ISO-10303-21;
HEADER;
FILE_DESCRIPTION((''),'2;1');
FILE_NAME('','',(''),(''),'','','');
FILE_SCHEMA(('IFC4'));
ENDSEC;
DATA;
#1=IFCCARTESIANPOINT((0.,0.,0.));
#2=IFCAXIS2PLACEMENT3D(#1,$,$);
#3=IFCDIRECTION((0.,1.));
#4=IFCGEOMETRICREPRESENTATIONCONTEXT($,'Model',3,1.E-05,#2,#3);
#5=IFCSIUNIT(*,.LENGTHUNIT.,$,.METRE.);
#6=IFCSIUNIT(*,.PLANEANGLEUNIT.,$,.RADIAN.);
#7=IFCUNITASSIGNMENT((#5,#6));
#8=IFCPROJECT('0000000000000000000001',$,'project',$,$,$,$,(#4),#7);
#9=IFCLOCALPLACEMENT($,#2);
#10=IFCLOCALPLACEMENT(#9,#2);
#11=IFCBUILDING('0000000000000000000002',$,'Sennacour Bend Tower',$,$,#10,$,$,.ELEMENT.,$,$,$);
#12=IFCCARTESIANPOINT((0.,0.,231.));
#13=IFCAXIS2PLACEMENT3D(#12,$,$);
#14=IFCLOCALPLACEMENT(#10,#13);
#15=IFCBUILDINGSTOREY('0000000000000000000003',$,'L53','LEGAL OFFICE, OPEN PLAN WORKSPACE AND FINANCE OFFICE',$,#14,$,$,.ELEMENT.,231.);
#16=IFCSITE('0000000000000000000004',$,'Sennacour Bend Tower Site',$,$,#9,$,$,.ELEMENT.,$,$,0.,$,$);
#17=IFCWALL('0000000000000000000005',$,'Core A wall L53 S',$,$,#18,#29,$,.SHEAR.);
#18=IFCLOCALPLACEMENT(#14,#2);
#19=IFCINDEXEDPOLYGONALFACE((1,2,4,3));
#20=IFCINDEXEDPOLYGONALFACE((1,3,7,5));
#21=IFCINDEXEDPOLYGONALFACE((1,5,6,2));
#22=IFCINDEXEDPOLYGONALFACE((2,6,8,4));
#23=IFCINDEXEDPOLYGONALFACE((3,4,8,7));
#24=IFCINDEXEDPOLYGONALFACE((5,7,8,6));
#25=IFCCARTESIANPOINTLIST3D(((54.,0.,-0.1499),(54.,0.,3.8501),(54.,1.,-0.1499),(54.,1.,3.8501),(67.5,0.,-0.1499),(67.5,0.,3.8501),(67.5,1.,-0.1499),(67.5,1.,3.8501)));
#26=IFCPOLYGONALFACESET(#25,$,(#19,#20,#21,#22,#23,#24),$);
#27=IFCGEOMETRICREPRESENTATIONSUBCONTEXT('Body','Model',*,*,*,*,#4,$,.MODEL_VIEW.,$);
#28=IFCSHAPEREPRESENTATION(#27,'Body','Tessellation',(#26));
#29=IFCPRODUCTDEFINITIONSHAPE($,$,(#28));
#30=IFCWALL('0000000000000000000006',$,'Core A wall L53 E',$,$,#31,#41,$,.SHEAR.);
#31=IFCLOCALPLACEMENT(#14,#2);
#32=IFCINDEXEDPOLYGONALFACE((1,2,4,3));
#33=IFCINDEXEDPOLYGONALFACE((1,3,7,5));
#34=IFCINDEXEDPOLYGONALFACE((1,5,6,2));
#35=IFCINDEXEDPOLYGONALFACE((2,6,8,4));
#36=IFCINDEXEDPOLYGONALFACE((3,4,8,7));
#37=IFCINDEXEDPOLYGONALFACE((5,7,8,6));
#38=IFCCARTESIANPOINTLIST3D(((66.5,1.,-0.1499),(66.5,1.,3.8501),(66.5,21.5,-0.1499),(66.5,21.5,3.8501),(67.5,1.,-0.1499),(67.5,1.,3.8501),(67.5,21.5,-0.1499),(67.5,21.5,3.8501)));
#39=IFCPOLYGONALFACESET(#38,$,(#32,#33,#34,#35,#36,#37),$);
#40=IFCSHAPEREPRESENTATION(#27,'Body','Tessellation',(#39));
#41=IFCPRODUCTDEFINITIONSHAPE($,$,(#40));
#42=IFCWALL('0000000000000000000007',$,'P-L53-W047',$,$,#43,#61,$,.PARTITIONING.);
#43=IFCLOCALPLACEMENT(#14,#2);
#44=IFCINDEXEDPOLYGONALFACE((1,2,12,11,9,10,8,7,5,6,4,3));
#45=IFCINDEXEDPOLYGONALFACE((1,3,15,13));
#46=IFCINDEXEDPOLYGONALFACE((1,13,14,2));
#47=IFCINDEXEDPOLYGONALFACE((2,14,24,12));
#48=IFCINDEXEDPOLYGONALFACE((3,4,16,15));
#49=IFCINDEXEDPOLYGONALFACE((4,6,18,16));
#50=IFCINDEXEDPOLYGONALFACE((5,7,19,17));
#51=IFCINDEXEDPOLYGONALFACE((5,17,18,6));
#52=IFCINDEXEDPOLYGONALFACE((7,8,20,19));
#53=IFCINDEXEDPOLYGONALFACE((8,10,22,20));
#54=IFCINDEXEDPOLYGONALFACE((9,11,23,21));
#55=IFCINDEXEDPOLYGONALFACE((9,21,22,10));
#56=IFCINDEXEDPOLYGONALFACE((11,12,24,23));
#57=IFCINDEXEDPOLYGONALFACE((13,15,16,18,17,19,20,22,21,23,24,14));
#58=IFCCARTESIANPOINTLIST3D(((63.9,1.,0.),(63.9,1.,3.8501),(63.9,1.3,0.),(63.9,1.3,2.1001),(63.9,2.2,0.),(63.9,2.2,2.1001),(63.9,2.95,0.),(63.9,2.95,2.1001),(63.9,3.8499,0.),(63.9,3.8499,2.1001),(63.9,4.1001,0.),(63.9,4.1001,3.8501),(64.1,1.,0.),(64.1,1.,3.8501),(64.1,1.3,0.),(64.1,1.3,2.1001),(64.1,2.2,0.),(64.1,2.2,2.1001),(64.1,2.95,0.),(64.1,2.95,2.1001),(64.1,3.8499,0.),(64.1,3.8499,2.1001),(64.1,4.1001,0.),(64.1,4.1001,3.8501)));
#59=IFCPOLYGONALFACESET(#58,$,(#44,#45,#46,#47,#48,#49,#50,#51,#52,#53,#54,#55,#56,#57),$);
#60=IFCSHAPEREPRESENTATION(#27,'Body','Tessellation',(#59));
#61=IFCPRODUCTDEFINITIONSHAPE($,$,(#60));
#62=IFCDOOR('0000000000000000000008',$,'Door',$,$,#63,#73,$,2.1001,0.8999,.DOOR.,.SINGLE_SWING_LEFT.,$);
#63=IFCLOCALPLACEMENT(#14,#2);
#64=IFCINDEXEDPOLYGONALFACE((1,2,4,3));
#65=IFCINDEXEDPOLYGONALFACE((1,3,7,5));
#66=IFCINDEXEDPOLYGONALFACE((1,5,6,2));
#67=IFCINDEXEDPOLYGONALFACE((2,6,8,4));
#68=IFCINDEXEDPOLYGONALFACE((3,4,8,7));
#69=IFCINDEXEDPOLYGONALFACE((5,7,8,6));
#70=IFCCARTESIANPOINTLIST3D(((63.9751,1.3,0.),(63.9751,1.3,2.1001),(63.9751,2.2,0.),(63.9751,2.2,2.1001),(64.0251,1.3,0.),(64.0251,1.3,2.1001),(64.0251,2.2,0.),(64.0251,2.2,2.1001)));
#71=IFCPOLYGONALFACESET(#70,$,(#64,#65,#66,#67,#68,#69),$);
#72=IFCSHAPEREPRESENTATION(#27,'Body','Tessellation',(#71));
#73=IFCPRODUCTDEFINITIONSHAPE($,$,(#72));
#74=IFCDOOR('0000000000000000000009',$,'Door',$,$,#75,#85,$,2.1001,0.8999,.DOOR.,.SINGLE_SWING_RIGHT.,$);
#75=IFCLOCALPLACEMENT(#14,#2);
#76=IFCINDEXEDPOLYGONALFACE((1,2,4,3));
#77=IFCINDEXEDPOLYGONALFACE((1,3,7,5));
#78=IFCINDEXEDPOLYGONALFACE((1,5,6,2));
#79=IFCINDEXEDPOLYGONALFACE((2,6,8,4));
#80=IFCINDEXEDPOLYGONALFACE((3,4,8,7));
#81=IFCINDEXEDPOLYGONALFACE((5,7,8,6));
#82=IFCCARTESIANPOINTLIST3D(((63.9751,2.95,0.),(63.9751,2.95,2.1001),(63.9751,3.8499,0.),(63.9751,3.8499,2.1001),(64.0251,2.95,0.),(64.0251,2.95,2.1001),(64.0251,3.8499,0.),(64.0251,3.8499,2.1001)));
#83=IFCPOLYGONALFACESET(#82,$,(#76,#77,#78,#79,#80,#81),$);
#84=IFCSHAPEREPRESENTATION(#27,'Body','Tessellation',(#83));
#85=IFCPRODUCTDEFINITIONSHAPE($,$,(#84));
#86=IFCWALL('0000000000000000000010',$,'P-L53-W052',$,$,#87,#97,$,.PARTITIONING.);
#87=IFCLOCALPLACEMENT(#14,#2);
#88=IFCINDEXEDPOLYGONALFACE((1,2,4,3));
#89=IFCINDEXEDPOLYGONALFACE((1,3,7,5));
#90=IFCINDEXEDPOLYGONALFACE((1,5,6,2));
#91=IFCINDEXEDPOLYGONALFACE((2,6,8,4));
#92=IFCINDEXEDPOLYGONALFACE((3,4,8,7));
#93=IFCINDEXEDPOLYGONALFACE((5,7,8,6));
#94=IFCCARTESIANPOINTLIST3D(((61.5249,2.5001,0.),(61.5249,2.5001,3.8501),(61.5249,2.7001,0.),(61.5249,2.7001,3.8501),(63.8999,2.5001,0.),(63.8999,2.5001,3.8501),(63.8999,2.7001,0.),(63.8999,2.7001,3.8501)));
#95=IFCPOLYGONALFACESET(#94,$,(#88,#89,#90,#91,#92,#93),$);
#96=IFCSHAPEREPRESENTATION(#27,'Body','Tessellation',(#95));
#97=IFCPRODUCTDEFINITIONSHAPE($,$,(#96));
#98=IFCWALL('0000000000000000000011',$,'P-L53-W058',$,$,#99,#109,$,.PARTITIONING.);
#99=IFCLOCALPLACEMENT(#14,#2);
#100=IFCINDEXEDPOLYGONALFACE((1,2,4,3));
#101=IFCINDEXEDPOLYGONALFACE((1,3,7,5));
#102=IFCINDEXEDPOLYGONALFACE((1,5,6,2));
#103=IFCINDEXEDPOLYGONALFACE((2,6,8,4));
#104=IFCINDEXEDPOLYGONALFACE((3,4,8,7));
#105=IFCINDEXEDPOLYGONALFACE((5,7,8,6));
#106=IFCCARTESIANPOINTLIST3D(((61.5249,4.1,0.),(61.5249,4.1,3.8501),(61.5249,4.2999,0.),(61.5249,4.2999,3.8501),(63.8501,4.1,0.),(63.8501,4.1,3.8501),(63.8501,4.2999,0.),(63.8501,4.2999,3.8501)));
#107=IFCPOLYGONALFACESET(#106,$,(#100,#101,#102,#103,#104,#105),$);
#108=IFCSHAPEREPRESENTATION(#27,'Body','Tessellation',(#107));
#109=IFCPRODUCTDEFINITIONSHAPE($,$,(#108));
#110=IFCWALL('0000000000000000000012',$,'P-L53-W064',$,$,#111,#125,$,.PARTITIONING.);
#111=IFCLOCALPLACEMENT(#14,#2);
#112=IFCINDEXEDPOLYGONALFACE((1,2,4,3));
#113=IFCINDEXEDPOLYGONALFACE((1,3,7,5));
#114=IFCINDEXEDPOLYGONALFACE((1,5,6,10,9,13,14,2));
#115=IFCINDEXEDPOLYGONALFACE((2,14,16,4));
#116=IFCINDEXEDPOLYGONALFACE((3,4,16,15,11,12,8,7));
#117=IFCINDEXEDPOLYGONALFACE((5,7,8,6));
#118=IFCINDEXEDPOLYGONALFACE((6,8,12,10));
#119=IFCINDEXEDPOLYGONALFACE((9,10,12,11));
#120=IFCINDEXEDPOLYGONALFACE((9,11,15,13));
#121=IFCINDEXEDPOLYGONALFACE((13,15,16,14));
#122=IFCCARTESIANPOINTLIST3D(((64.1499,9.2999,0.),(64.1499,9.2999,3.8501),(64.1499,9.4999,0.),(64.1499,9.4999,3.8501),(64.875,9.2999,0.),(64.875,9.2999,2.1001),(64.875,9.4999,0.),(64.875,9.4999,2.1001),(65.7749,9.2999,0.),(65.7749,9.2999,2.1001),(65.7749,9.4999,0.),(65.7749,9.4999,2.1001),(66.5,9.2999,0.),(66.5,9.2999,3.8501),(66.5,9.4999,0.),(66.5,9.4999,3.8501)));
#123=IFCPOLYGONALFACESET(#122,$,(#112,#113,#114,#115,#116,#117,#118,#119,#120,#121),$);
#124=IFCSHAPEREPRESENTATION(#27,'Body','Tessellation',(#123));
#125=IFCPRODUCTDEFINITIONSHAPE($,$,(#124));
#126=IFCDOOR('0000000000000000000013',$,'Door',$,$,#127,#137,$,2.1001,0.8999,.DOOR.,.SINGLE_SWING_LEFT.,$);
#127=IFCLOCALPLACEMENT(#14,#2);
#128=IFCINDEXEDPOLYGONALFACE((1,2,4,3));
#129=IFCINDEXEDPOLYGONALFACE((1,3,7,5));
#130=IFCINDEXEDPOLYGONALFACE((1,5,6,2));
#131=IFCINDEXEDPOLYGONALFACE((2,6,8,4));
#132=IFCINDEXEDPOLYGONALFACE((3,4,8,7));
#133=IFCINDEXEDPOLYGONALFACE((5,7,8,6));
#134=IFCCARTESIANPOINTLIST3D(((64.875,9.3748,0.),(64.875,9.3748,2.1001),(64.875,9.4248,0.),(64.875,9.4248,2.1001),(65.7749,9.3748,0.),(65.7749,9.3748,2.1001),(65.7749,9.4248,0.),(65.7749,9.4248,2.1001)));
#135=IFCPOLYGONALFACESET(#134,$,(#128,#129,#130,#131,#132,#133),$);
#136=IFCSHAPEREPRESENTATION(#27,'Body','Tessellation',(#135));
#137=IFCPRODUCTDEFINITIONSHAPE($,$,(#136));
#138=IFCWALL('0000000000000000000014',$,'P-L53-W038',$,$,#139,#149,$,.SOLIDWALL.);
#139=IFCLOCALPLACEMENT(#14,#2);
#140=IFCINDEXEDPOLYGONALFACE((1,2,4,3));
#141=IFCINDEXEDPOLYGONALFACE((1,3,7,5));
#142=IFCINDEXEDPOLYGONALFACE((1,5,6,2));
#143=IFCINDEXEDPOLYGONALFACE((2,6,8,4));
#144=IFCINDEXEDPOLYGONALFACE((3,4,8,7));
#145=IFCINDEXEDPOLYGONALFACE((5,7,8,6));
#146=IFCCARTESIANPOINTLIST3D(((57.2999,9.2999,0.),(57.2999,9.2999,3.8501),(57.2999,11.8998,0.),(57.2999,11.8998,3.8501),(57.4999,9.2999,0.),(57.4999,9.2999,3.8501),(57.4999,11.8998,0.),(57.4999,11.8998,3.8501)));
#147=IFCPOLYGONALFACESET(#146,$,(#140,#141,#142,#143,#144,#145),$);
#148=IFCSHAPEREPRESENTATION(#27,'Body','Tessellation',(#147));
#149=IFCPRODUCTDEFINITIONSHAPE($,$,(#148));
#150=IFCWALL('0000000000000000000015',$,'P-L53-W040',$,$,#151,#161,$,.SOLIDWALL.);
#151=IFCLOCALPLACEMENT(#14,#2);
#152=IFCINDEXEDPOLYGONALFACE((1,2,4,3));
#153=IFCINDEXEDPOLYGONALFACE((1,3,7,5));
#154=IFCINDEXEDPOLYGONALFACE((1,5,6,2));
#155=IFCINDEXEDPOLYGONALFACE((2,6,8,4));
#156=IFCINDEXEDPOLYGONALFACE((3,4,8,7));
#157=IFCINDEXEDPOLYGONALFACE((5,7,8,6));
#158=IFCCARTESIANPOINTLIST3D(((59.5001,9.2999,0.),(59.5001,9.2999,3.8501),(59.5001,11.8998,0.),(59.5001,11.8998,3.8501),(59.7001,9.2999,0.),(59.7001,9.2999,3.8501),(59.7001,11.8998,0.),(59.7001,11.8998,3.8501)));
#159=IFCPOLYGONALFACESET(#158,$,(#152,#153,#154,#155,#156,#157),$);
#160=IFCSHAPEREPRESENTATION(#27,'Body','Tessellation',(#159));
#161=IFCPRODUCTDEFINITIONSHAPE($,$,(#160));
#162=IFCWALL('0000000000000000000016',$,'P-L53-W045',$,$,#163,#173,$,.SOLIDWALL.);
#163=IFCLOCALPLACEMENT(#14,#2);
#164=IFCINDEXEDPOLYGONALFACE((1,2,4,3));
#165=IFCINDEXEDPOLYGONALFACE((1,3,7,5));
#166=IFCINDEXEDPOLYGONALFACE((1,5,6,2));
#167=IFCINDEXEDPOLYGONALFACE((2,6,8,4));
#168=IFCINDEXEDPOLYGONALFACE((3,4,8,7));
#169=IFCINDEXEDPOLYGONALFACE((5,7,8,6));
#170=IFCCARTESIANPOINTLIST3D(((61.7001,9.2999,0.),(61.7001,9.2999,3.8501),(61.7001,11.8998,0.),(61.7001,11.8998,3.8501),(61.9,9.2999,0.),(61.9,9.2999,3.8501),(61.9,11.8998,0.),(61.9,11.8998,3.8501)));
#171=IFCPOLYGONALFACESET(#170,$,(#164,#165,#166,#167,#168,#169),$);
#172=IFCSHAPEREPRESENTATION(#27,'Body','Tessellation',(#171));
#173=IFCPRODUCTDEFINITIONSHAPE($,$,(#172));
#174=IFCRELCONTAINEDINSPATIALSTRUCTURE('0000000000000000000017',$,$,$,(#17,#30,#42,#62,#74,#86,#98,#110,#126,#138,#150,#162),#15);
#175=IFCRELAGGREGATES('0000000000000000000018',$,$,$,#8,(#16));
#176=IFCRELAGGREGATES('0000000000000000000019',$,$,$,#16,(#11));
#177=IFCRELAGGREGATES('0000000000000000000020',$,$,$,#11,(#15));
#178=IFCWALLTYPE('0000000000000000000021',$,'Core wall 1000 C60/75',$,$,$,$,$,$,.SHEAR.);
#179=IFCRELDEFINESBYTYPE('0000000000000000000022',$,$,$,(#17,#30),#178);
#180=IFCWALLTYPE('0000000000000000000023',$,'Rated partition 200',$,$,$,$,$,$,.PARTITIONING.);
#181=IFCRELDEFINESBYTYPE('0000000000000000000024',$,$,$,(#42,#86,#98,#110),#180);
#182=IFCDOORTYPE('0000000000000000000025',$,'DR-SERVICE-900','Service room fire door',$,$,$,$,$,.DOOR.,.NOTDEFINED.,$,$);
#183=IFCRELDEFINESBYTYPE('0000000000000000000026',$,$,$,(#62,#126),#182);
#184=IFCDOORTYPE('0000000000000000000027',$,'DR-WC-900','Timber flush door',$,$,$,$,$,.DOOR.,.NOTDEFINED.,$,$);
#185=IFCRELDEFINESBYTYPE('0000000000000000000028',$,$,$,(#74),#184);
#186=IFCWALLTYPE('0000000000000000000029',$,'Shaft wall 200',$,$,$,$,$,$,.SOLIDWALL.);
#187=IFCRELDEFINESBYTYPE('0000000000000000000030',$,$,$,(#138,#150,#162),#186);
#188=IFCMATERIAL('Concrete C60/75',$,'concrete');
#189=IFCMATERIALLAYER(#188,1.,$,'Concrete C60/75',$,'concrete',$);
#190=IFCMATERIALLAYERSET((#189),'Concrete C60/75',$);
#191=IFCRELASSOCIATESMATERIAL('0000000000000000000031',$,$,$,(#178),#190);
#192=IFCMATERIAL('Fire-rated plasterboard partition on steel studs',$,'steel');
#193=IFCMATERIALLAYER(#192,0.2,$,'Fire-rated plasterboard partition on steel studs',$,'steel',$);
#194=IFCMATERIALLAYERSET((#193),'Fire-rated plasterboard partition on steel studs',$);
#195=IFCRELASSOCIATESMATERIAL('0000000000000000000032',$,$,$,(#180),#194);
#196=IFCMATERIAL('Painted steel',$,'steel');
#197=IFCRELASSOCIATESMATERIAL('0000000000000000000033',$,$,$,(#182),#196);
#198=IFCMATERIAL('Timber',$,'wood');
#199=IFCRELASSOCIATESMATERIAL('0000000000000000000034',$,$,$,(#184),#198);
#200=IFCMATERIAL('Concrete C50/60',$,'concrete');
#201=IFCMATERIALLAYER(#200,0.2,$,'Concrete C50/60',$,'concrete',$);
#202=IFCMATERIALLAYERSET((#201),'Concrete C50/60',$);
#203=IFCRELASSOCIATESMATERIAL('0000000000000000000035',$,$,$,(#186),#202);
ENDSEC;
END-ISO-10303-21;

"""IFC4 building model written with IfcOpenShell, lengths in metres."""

from ifc_helpers import new_model, si_unit, direction, frame, frame_2d, origin, place, context, subcontext, project, spatial, rectangle, extrude, material, layer, layer_set, type_object, element, fill, save


model = new_model("IFC4")

# Units and contexts
model_context = context("Model", 3, precision=1e-05, world=origin(), true_north=direction((0.0, 1.0)))
body_context = subcontext(model_context, "Body", "Model", "MODEL_VIEW")
ifc_project = project(units=[si_unit("LENGTHUNIT", "METRE"), si_unit("PLANEANGLEUNIT", "RADIAN")], contexts=[model_context])

# Site, building, storey
site_placement = place(None, origin())
site = spatial("IfcSite", under=ifc_project, at=site_placement, Name="Sennacour Bend Tower Site", CompositionType="ELEMENT", RefElevation=0.0)
building_placement = place(site_placement, origin())
building = spatial("IfcBuilding", under=site, at=building_placement, Name="Sennacour Bend Tower", CompositionType="ELEMENT")
storey_placement = place(building_placement, frame((0.0, 0.0, 231.0)))
storey = spatial("IfcBuildingStorey", under=building, at=storey_placement, Name="L53", Description="LEGAL OFFICE, OPEN PLAN WORKSPACE AND FINANCE OFFICE", CompositionType="ELEMENT", Elevation=231.0)

# Walls
ifc_material_1 = material(Name="Concrete C60/75", Category="concrete")
ifc_layer_1 = layer(ifc_material_1, 1.0, Name="Concrete C60/75", Category="concrete")
ifc_layer_set_1 = layer_set([ifc_layer_1], Name="Concrete C60/75")
wall_type_1 = type_object("IfcWallType", Name="Core wall 1000 C60/75", PredefinedType="SHEAR", material=ifc_layer_set_1)
wall_1_placement = place(storey_placement, frame((67.5, 0.5, -0.1499), z_axis=(0.0, 0.0, 1.0), x_axis=(-1.0, 0.0, 0.0)))
element("IfcWall", 1, at=wall_1_placement, inside=storey, type_object=wall_type_1, Name="Core A wall L53 S", PredefinedType="SHEAR", context=body_context, shape_type="SweptSolid", body=[
    extrude(rectangle(XDim=13.5, YDim=1.0, at=frame_2d((6.75, 0.0))), origin(), (0.0, 0.0, 1.0), 4.0),
])
wall_2_placement = place(storey_placement, frame((67.0, 1.0, -0.1499), z_axis=(0.0, 0.0, 1.0), x_axis=(0.0, 1.0, 0.0)))
element("IfcWall", 2, at=wall_2_placement, inside=storey, type_object=wall_type_1, Name="Core A wall L53 E", PredefinedType="SHEAR", context=body_context, shape_type="SweptSolid", body=[
    extrude(rectangle(XDim=20.5, YDim=1.0, at=frame_2d((10.25, 0.0))), origin(), (0.0, 0.0, 1.0), 4.0),
])

# Wall, openings, doors
ifc_material_2 = material(Name="Fire-rated plasterboard partition on steel studs", Category="steel")
ifc_layer_2 = layer(ifc_material_2, 0.2, Name="Fire-rated plasterboard partition on steel studs", Category="steel")
ifc_layer_set_2 = layer_set([ifc_layer_2], Name="Fire-rated plasterboard partition on steel studs")
wall_type_2 = type_object("IfcWallType", Name="Rated partition 200", PredefinedType="PARTITIONING", material=ifc_layer_set_2)
wall_3_placement = place(storey_placement, frame((64.0, 1.0, 0.0), z_axis=(0.0, 0.0, 1.0), x_axis=(0.0, 1.0, 0.0)))
wall_3 = element("IfcWall", 3, at=wall_3_placement, inside=storey, type_object=wall_type_2, Name="P-L53-W047", PredefinedType="PARTITIONING", context=body_context, shape_type="SweptSolid", body=[
    extrude(rectangle(XDim=3.1001, YDim=0.2, at=frame_2d((1.55, 0.0))), origin(), (0.0, 0.0, 1.0), 3.8501),
])
opening_1_placement = place(wall_3_placement, frame((0.3, 0.0, 0.0)))
opening_1 = element("IfcOpeningElement", 4, at=opening_1_placement, cuts=wall_3, PredefinedType="OPENING", context=body_context, shape_type="SweptSolid", body=[
    extrude(rectangle(XDim=0.8999, YDim=2.1001, at=frame_2d((0.45, 1.05))), frame((0.0, 0.1099, 0.0), z_axis=(0.0, -1.0, 0.0), x_axis=(1.0, 0.0, 0.0)), (0.0, 0.0, 1.0), 0.22),
])
opening_2_placement = place(wall_3_placement, frame((1.95, 0.0, 0.0)))
opening_2 = element("IfcOpeningElement", 5, at=opening_2_placement, cuts=wall_3, PredefinedType="OPENING", context=body_context, shape_type="SweptSolid", body=[
    extrude(rectangle(XDim=0.8999, YDim=2.1001, at=frame_2d((0.45, 1.05))), frame((0.0, 0.1099, 0.0), z_axis=(0.0, -1.0, 0.0), x_axis=(1.0, 0.0, 0.0)), (0.0, 0.0, 1.0), 0.22),
])
ifc_material_3 = material(Name="Painted steel", Category="steel")
door_type_1 = type_object("IfcDoorType", Name="DR-SERVICE-900", Description="Service room fire door", OperationType="NOTDEFINED", PredefinedType="DOOR", material=ifc_material_3)
door_1_placement = place(opening_1_placement, origin())
door_1 = element("IfcDoor", 6, at=door_1_placement, inside=storey, type_object=door_type_1, Name="Door", OperationType="SINGLE_SWING_LEFT", OverallHeight=2.1001, OverallWidth=0.8999, PredefinedType="DOOR", context=body_context, shape_type="SweptSolid", body=[
    extrude(rectangle(XDim=0.8999, YDim=2.1001, at=frame_2d((0.45, 1.05))), frame((0.0, 0.0249, 0.0), z_axis=(0.0, -1.0, 0.0), x_axis=(1.0, 0.0, 0.0)), (0.0, 0.0, 1.0), 0.05),
])
fill(opening_1, door_1)
ifc_material_4 = material(Name="Timber", Category="wood")
door_type_2 = type_object("IfcDoorType", Name="DR-WC-900", Description="Timber flush door", OperationType="NOTDEFINED", PredefinedType="DOOR", material=ifc_material_4)
door_2_placement = place(opening_2_placement, origin())
door_2 = element("IfcDoor", 7, at=door_2_placement, inside=storey, type_object=door_type_2, Name="Door", OperationType="SINGLE_SWING_RIGHT", OverallHeight=2.1001, OverallWidth=0.8999, PredefinedType="DOOR", context=body_context, shape_type="SweptSolid", body=[
    extrude(rectangle(XDim=0.8999, YDim=2.1001, at=frame_2d((0.45, 1.05))), frame((0.0, 0.0249, 0.0), z_axis=(0.0, -1.0, 0.0), x_axis=(1.0, 0.0, 0.0)), (0.0, 0.0, 1.0), 0.05),
])
fill(opening_2, door_2)

# Walls
wall_4_placement = place(storey_placement, frame((61.5249, 2.6001, 0.0), z_axis=(0.0, 0.0, 1.0), x_axis=(1.0, 0.0, 0.0)))
element("IfcWall", 8, at=wall_4_placement, inside=storey, type_object=wall_type_2, Name="P-L53-W052", PredefinedType="PARTITIONING", context=body_context, shape_type="SweptSolid", body=[
    extrude(rectangle(XDim=2.375, YDim=0.2, at=frame_2d((1.1875, 0.0))), origin(), (0.0, 0.0, 1.0), 3.8501),
])
wall_5_placement = place(storey_placement, frame((61.5249, 4.2, 0.0), z_axis=(0.0, 0.0, 1.0), x_axis=(1.0, 0.0, 0.0)))
element("IfcWall", 9, at=wall_5_placement, inside=storey, type_object=wall_type_2, Name="P-L53-W058", PredefinedType="PARTITIONING", context=body_context, shape_type="SweptSolid", body=[
    extrude(rectangle(XDim=2.3252, YDim=0.2, at=frame_2d((1.1626, 0.0))), origin(), (0.0, 0.0, 1.0), 3.8501),
])

# Wall, opening, door
wall_6_placement = place(storey_placement, frame((64.1499, 9.3999, 0.0), z_axis=(0.0, 0.0, 1.0), x_axis=(1.0, 0.0, 0.0)))
wall_6 = element("IfcWall", 10, at=wall_6_placement, inside=storey, type_object=wall_type_2, Name="P-L53-W064", PredefinedType="PARTITIONING", context=body_context, shape_type="SweptSolid", body=[
    extrude(rectangle(XDim=2.3501, YDim=0.2, at=frame_2d((1.175, 0.0))), origin(), (0.0, 0.0, 1.0), 3.8501),
])
opening_3_placement = place(wall_6_placement, frame((0.7251, 0.0, 0.0)))
opening_3 = element("IfcOpeningElement", 11, at=opening_3_placement, cuts=wall_6, PredefinedType="OPENING", context=body_context, shape_type="SweptSolid", body=[
    extrude(rectangle(XDim=0.8999, YDim=2.1001, at=frame_2d((0.45, 1.05))), frame((0.0, 0.1099, 0.0), z_axis=(0.0, -1.0, 0.0), x_axis=(1.0, 0.0, 0.0)), (0.0, 0.0, 1.0), 0.22),
])
door_3_placement = place(opening_3_placement, origin())
door_3 = element("IfcDoor", 12, at=door_3_placement, inside=storey, type_object=door_type_1, Name="Door", OperationType="SINGLE_SWING_LEFT", OverallHeight=2.1001, OverallWidth=0.8999, PredefinedType="DOOR", context=body_context, shape_type="SweptSolid", body=[
    extrude(rectangle(XDim=0.8999, YDim=2.1001, at=frame_2d((0.45, 1.05))), frame((0.0, 0.0249, 0.0), z_axis=(0.0, -1.0, 0.0), x_axis=(1.0, 0.0, 0.0)), (0.0, 0.0, 1.0), 0.05),
])
fill(opening_3, door_3)

# Walls
ifc_material_5 = material(Name="Concrete C50/60", Category="concrete")
ifc_layer_3 = layer(ifc_material_5, 0.2, Name="Concrete C50/60", Category="concrete")
ifc_layer_set_3 = layer_set([ifc_layer_3], Name="Concrete C50/60")
wall_type_3 = type_object("IfcWallType", Name="Shaft wall 200", PredefinedType="SOLIDWALL", material=ifc_layer_set_3)
for number, where, z_axis, x_axis, name in (
    (13, (57.3999, 9.3, 0.0), (0.0, 0.0, 1.0), (0.0, 1.0, 0.0), "P-L53-W038"),
    (14, (59.6001, 9.3, 0.0), (0.0, 0.0, 1.0), (0.0, 1.0, 0.0), "P-L53-W040"),
    (15, (61.8, 9.3, 0.0), (0.0, 0.0, 1.0), (0.0, 1.0, 0.0), "P-L53-W045"),
):
    element("IfcWall", number, at=place(storey_placement, frame(where, z_axis=z_axis, x_axis=x_axis)), inside=storey, type_object=wall_type_3, Name=name, PredefinedType="SOLIDWALL", context=body_context, shape_type="SweptSolid", body=[
        extrude(rectangle(XDim=2.5999, YDim=0.2, at=frame_2d((1.2998, 0.0))), origin(), (0.0, 0.0, 1.0), 3.8501),
    ])

save(model, "model.ifc")
